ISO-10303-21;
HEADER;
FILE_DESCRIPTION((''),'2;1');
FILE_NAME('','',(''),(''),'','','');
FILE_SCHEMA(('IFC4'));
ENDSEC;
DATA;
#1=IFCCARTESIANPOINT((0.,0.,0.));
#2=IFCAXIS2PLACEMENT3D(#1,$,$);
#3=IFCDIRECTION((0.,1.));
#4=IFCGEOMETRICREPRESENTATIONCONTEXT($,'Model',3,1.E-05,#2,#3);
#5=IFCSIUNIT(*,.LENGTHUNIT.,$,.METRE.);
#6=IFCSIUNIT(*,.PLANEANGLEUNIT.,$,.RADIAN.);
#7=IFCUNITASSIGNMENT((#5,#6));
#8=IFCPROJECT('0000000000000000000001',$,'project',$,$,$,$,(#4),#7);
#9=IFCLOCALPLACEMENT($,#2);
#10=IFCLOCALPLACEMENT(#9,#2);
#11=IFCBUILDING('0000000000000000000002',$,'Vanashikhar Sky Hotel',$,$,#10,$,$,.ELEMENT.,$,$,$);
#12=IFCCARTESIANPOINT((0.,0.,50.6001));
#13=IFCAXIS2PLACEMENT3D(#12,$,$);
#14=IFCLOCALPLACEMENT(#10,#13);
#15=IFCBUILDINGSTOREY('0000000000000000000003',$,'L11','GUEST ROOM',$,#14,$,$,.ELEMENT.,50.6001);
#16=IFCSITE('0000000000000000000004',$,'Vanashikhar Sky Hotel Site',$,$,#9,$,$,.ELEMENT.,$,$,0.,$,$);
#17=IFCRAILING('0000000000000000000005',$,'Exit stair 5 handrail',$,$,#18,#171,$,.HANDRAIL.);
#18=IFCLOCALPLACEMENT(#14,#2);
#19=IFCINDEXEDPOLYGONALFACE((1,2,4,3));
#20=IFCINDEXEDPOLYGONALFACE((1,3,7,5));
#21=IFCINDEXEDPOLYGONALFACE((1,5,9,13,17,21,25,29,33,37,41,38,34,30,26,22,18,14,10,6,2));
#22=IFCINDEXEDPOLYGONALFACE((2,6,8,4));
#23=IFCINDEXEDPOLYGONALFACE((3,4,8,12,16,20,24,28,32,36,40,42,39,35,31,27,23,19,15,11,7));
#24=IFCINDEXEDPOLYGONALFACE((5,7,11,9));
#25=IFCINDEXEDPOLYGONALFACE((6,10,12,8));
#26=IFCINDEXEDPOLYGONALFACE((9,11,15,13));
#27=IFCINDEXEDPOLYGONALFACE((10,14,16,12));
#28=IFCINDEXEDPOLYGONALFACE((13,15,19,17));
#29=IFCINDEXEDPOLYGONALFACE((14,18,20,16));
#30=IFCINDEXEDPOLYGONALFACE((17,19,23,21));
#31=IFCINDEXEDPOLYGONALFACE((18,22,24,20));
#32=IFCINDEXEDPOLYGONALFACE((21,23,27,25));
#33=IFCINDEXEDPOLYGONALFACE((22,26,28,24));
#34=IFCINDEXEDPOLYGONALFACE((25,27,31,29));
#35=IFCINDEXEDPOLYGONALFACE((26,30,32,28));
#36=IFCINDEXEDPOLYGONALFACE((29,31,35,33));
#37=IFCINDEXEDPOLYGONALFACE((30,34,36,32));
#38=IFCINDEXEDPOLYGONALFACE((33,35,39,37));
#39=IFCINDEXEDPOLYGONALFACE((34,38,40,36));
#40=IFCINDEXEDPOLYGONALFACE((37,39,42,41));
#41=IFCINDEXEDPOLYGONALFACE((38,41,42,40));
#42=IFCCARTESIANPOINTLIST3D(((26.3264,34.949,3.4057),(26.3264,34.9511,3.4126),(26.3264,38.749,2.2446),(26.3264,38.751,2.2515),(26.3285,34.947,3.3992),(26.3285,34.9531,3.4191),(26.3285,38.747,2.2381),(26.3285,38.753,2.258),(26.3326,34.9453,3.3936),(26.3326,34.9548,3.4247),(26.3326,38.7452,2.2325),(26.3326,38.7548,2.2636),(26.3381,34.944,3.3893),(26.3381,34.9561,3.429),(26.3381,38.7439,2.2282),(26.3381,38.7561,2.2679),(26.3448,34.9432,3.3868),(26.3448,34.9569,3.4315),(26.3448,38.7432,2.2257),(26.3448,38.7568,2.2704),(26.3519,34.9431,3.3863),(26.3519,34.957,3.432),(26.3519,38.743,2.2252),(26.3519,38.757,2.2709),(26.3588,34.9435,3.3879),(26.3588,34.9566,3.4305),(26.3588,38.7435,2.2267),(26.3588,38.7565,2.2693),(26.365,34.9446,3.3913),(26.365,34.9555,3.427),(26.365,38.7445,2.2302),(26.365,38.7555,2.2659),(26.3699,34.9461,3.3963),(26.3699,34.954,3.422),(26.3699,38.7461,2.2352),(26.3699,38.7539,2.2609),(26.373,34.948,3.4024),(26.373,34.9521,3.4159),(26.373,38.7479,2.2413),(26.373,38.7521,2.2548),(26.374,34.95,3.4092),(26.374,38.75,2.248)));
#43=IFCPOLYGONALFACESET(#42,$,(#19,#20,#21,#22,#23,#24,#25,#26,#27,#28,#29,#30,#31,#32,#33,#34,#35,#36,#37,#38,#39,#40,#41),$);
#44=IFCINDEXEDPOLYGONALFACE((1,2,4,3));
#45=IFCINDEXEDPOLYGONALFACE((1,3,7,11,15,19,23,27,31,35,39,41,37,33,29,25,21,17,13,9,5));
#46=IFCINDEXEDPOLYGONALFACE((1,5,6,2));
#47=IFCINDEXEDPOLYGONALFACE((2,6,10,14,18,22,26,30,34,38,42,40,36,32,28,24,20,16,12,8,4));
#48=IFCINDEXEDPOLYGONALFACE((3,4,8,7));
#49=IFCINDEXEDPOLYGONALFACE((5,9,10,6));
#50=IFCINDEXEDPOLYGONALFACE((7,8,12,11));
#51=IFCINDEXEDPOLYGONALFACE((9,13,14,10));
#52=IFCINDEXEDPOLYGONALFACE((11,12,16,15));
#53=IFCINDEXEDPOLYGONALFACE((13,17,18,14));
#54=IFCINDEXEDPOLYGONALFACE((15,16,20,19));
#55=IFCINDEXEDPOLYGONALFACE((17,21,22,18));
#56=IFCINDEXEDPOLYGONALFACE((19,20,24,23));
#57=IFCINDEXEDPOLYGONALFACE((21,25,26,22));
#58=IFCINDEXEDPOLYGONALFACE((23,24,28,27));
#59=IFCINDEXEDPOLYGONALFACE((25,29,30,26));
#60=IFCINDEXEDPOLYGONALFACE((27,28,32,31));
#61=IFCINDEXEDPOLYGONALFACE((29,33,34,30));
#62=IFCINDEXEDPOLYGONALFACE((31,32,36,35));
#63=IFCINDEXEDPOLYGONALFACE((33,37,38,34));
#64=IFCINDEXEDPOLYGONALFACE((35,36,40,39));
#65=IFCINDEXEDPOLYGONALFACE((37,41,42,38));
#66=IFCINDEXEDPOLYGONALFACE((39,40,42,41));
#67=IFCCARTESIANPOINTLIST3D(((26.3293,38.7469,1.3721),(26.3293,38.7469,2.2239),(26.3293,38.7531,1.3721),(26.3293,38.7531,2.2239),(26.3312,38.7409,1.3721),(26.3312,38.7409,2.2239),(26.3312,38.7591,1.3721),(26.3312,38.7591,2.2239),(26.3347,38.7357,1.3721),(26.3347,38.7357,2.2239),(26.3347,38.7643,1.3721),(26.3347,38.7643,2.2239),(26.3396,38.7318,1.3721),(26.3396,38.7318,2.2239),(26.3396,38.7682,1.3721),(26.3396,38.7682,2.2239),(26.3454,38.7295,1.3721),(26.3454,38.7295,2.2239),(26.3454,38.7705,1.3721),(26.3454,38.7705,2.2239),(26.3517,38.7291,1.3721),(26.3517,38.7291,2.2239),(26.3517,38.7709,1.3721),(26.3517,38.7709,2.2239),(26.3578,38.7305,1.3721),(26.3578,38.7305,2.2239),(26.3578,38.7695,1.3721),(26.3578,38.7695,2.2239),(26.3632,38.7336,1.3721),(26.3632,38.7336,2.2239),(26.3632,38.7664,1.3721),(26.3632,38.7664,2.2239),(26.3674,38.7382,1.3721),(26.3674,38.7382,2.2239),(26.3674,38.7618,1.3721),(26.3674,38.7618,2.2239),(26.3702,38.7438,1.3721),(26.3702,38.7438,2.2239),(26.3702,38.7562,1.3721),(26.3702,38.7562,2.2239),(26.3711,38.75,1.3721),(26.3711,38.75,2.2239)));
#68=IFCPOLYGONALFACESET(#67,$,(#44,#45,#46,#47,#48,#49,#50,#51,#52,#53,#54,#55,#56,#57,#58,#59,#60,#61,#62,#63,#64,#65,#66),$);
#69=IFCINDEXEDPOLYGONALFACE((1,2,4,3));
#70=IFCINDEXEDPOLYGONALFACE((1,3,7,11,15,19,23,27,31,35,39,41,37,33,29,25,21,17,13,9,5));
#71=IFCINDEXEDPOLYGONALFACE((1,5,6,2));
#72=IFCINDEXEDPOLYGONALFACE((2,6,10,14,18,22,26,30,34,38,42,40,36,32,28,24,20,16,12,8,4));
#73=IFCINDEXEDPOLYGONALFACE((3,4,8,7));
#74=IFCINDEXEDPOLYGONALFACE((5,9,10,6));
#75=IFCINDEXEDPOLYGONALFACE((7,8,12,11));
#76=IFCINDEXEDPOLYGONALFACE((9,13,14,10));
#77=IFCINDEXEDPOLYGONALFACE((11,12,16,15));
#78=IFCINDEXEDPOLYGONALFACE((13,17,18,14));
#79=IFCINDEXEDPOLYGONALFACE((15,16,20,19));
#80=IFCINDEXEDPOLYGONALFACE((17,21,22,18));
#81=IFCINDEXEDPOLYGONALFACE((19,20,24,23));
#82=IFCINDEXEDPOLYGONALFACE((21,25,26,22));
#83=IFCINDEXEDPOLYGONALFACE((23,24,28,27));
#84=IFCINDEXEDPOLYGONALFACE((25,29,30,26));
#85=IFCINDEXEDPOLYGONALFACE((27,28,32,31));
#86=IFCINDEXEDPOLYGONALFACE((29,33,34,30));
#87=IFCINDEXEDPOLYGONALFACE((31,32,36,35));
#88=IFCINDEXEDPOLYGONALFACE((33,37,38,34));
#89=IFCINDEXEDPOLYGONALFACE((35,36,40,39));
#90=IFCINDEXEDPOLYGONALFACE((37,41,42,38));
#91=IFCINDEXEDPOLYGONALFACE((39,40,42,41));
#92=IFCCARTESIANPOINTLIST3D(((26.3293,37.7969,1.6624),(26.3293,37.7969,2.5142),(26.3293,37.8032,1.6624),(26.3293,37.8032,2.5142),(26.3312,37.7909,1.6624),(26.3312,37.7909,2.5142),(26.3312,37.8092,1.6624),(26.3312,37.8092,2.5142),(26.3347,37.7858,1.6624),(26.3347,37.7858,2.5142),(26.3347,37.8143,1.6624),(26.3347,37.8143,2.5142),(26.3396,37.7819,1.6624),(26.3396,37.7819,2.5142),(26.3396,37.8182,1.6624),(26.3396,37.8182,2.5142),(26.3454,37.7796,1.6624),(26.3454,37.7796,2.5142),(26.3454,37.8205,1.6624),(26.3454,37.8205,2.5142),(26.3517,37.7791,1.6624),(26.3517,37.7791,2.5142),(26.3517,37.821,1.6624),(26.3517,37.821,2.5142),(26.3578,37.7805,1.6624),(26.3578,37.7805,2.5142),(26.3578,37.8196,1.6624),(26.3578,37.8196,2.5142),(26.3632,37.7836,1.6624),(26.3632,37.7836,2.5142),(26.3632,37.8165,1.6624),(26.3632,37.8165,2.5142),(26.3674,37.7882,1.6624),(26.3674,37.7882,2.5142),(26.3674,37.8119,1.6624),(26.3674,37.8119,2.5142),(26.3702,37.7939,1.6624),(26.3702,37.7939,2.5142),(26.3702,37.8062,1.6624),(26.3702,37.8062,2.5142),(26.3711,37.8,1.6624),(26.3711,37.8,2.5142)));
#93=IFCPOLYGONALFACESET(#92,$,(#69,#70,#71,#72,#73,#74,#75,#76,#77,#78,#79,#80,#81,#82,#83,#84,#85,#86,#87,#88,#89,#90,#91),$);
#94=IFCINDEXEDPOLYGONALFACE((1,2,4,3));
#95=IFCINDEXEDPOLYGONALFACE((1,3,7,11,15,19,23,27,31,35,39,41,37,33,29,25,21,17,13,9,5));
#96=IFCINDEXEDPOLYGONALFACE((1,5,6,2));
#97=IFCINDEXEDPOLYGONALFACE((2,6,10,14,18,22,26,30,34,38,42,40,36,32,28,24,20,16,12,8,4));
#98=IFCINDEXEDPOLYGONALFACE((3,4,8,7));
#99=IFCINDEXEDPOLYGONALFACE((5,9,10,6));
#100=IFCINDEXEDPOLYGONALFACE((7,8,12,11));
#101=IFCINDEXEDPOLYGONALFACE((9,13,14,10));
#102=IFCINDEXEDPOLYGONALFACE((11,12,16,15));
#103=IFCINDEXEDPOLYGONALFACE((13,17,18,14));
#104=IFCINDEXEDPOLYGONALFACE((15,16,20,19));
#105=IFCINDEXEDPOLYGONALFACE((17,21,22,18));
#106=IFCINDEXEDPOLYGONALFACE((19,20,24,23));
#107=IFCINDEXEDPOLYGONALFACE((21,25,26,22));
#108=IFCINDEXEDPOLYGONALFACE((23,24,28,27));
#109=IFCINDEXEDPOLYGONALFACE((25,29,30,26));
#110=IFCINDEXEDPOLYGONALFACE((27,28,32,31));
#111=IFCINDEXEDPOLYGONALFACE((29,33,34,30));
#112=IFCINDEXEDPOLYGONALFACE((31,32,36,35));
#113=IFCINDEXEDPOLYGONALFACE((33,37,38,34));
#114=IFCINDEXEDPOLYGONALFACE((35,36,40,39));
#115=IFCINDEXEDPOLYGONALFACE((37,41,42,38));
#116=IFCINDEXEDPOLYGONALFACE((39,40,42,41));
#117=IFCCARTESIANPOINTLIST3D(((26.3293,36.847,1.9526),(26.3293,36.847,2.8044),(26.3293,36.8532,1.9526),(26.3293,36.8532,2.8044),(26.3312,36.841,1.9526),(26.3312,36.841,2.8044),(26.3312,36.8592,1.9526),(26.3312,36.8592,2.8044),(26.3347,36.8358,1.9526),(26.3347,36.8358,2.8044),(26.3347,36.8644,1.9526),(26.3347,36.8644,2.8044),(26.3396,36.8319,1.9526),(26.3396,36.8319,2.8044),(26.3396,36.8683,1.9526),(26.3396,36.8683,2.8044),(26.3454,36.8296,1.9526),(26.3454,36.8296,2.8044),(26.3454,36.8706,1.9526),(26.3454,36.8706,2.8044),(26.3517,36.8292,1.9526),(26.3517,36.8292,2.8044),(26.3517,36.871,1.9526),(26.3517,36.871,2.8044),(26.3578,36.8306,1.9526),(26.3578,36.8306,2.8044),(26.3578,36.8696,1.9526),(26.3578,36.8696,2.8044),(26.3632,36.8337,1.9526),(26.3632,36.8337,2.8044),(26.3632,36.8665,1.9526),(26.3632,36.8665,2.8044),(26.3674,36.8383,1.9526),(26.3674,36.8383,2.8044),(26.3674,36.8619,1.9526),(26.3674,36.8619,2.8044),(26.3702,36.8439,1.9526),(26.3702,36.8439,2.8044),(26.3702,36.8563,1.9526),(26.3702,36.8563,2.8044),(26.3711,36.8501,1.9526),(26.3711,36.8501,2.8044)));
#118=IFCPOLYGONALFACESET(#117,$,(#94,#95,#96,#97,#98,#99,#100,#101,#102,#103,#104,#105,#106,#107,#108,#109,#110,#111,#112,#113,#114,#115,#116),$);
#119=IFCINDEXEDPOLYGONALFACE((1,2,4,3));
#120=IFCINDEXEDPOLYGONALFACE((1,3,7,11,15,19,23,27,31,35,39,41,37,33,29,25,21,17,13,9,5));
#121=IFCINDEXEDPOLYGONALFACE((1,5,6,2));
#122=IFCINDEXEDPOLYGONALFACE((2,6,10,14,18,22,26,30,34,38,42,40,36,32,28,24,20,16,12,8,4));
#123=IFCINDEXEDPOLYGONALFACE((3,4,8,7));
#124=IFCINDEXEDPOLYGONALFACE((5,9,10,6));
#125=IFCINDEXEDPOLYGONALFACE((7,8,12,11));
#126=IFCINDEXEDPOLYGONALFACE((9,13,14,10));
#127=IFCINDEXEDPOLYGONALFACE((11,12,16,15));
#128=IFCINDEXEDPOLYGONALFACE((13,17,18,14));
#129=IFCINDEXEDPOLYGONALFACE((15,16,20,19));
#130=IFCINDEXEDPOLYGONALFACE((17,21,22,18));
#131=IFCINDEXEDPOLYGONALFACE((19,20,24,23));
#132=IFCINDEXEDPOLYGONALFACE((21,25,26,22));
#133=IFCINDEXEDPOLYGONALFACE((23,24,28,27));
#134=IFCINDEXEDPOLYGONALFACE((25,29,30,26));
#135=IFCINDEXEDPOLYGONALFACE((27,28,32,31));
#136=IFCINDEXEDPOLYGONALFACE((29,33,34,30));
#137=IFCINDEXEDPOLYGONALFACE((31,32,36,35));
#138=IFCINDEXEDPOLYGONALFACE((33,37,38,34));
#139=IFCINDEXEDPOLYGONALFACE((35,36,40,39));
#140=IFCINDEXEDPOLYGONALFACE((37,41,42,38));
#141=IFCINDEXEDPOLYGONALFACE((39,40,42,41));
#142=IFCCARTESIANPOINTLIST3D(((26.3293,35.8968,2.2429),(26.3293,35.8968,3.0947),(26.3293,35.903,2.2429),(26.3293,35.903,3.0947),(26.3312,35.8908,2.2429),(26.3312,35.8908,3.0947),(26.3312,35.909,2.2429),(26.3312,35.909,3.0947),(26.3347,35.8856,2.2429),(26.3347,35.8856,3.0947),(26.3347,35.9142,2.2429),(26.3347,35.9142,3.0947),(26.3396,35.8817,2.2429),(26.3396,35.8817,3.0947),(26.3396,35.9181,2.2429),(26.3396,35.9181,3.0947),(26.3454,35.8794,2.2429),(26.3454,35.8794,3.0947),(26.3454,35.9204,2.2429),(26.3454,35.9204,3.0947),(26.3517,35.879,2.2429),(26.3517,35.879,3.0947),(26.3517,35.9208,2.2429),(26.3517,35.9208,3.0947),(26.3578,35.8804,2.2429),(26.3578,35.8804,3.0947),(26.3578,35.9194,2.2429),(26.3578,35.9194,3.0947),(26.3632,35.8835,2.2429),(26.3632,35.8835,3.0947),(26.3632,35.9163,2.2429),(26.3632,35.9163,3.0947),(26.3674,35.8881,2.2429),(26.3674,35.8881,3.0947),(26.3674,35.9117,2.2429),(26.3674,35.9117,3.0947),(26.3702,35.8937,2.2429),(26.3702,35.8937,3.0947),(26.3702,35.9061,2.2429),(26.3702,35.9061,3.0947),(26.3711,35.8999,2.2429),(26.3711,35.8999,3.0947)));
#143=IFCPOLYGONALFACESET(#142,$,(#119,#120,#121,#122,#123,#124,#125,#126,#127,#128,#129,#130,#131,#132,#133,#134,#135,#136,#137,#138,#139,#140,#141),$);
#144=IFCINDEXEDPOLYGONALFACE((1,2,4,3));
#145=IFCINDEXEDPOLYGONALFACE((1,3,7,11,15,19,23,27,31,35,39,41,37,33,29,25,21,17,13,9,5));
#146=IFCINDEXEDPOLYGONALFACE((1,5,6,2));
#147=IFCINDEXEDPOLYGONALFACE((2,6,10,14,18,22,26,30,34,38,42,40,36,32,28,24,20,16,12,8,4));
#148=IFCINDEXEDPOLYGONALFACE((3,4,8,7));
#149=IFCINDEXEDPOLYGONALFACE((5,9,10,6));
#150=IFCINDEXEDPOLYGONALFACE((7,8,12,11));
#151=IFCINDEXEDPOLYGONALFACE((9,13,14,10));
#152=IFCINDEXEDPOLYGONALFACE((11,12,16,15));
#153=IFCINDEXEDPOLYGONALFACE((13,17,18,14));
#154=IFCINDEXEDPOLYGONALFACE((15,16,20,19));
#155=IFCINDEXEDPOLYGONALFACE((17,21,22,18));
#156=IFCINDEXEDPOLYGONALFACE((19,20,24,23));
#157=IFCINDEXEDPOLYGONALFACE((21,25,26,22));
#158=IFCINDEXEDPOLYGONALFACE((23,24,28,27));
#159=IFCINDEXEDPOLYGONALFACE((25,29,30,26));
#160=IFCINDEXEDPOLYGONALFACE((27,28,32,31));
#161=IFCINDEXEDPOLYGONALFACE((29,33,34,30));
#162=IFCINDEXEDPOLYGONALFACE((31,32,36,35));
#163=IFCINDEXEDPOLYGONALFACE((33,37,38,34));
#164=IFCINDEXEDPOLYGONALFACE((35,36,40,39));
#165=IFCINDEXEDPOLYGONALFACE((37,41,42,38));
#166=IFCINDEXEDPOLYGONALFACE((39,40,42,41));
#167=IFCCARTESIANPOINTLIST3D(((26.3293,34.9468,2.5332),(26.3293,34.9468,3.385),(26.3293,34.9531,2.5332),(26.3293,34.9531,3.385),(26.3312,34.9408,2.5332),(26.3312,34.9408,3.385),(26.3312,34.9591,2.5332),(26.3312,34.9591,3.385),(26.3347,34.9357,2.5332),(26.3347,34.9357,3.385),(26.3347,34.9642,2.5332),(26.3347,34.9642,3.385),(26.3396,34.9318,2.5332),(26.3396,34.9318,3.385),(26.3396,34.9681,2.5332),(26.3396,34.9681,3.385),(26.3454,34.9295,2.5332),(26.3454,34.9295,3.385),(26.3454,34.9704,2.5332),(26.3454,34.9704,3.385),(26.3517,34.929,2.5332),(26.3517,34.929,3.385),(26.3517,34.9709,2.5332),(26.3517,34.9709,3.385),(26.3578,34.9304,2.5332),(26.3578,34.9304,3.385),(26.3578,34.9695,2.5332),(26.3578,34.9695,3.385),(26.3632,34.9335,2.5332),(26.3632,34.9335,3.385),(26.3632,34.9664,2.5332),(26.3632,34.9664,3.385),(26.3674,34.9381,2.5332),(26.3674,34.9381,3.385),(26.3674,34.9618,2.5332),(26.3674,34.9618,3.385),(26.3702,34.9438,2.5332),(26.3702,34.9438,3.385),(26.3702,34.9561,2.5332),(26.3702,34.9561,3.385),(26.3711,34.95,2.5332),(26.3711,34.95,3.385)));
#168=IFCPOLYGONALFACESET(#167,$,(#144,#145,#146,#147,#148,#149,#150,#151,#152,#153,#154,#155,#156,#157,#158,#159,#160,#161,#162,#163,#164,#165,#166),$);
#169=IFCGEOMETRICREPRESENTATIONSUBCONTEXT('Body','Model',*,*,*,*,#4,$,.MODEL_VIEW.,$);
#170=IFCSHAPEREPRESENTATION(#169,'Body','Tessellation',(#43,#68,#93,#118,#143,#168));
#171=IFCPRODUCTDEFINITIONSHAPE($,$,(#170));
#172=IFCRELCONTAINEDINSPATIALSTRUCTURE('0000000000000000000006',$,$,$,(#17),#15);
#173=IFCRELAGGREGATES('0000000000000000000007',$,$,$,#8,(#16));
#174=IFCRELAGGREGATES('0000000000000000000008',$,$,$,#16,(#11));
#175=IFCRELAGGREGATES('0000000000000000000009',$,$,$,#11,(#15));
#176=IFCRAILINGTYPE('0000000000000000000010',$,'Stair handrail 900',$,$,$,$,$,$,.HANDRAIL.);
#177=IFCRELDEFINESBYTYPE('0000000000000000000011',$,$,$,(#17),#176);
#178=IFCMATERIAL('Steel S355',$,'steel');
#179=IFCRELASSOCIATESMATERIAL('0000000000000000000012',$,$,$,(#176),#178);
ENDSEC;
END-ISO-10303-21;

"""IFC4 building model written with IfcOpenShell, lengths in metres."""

from ifc_helpers import new_model, si_unit, direction, frame, origin, origin_2d, place, context, subcontext, project, spatial, circle, extrude, source, transform, mapped, material, type_object, element, save


model = new_model("IFC4")

# Units and contexts
model_context = context("Model", 3, precision=1e-05, world=origin(), true_north=direction((0.0, 1.0)))
body_context = subcontext(model_context, "Body", "Model", "MODEL_VIEW")
ifc_project = project(units=[si_unit("LENGTHUNIT", "METRE"), si_unit("PLANEANGLEUNIT", "RADIAN")], contexts=[model_context])

# Site, building, storey
site_placement = place(None, origin())
site = spatial("IfcSite", under=ifc_project, at=site_placement, Name="Vanashikhar Sky Hotel Site", CompositionType="ELEMENT", RefElevation=0.0)
building_placement = place(site_placement, origin())
building = spatial("IfcBuilding", under=site, at=building_placement, Name="Vanashikhar Sky Hotel", CompositionType="ELEMENT")
storey_placement = place(building_placement, frame((0.0, 0.0, 50.6001)))
storey = spatial("IfcBuildingStorey", under=building, at=storey_placement, Name="L11", Description="GUEST ROOM", CompositionType="ELEMENT", Elevation=50.6001)

# Railing
ifc_material_1 = material(Name="Steel S355", Category="steel")
railing_type = type_object("IfcRailingType", Name="Stair handrail 900", PredefinedType="HANDRAIL", material=ifc_material_1)
shared_shape_1 = source(origin(), body_context, "Body", "SweptSolid", [
    extrude(circle(Radius=0.0239, at=origin_2d()), frame((0.0, 0.0, 0.876), z_axis=(0.0, -0.956351, 0.29222), x_axis=(1.0, 0.0, 0.0)), (0.0, 0.0, 1.0), 3.9734),
    extrude(circle(Radius=0.021, at=origin_2d()), origin(), (0.0, 0.0, 1.0), 0.8518),
    extrude(circle(Radius=0.021, at=origin_2d()), frame((0.0, -0.95, 0.2903)), (0.0, 0.0, 1.0), 0.8518),
    extrude(circle(Radius=0.021, at=origin_2d()), frame((0.0, -1.8999, 0.5806)), (0.0, 0.0, 1.0), 0.8518),
    extrude(circle(Radius=0.021, at=origin_2d()), frame((0.0, -2.8501, 0.8708)), (0.0, 0.0, 1.0), 0.8518),
    extrude(circle(Radius=0.021, at=origin_2d()), frame((0.0, -3.8, 1.1611)), (0.0, 0.0, 1.0), 0.8518),
])
railing_placement = place(storey_placement, frame((26.3501, 38.75, 1.3721)))
element("IfcRailing", 1, at=railing_placement, inside=storey, type_object=railing_type, Name="Exit stair 5 handrail", PredefinedType="HANDRAIL", context=body_context, shape_type="MappedRepresentation", body=[
    mapped(shared_shape_1, transform((0.0, 0.0, 0.0), scale=1.0)),
])

save(model, "model.ifc")
